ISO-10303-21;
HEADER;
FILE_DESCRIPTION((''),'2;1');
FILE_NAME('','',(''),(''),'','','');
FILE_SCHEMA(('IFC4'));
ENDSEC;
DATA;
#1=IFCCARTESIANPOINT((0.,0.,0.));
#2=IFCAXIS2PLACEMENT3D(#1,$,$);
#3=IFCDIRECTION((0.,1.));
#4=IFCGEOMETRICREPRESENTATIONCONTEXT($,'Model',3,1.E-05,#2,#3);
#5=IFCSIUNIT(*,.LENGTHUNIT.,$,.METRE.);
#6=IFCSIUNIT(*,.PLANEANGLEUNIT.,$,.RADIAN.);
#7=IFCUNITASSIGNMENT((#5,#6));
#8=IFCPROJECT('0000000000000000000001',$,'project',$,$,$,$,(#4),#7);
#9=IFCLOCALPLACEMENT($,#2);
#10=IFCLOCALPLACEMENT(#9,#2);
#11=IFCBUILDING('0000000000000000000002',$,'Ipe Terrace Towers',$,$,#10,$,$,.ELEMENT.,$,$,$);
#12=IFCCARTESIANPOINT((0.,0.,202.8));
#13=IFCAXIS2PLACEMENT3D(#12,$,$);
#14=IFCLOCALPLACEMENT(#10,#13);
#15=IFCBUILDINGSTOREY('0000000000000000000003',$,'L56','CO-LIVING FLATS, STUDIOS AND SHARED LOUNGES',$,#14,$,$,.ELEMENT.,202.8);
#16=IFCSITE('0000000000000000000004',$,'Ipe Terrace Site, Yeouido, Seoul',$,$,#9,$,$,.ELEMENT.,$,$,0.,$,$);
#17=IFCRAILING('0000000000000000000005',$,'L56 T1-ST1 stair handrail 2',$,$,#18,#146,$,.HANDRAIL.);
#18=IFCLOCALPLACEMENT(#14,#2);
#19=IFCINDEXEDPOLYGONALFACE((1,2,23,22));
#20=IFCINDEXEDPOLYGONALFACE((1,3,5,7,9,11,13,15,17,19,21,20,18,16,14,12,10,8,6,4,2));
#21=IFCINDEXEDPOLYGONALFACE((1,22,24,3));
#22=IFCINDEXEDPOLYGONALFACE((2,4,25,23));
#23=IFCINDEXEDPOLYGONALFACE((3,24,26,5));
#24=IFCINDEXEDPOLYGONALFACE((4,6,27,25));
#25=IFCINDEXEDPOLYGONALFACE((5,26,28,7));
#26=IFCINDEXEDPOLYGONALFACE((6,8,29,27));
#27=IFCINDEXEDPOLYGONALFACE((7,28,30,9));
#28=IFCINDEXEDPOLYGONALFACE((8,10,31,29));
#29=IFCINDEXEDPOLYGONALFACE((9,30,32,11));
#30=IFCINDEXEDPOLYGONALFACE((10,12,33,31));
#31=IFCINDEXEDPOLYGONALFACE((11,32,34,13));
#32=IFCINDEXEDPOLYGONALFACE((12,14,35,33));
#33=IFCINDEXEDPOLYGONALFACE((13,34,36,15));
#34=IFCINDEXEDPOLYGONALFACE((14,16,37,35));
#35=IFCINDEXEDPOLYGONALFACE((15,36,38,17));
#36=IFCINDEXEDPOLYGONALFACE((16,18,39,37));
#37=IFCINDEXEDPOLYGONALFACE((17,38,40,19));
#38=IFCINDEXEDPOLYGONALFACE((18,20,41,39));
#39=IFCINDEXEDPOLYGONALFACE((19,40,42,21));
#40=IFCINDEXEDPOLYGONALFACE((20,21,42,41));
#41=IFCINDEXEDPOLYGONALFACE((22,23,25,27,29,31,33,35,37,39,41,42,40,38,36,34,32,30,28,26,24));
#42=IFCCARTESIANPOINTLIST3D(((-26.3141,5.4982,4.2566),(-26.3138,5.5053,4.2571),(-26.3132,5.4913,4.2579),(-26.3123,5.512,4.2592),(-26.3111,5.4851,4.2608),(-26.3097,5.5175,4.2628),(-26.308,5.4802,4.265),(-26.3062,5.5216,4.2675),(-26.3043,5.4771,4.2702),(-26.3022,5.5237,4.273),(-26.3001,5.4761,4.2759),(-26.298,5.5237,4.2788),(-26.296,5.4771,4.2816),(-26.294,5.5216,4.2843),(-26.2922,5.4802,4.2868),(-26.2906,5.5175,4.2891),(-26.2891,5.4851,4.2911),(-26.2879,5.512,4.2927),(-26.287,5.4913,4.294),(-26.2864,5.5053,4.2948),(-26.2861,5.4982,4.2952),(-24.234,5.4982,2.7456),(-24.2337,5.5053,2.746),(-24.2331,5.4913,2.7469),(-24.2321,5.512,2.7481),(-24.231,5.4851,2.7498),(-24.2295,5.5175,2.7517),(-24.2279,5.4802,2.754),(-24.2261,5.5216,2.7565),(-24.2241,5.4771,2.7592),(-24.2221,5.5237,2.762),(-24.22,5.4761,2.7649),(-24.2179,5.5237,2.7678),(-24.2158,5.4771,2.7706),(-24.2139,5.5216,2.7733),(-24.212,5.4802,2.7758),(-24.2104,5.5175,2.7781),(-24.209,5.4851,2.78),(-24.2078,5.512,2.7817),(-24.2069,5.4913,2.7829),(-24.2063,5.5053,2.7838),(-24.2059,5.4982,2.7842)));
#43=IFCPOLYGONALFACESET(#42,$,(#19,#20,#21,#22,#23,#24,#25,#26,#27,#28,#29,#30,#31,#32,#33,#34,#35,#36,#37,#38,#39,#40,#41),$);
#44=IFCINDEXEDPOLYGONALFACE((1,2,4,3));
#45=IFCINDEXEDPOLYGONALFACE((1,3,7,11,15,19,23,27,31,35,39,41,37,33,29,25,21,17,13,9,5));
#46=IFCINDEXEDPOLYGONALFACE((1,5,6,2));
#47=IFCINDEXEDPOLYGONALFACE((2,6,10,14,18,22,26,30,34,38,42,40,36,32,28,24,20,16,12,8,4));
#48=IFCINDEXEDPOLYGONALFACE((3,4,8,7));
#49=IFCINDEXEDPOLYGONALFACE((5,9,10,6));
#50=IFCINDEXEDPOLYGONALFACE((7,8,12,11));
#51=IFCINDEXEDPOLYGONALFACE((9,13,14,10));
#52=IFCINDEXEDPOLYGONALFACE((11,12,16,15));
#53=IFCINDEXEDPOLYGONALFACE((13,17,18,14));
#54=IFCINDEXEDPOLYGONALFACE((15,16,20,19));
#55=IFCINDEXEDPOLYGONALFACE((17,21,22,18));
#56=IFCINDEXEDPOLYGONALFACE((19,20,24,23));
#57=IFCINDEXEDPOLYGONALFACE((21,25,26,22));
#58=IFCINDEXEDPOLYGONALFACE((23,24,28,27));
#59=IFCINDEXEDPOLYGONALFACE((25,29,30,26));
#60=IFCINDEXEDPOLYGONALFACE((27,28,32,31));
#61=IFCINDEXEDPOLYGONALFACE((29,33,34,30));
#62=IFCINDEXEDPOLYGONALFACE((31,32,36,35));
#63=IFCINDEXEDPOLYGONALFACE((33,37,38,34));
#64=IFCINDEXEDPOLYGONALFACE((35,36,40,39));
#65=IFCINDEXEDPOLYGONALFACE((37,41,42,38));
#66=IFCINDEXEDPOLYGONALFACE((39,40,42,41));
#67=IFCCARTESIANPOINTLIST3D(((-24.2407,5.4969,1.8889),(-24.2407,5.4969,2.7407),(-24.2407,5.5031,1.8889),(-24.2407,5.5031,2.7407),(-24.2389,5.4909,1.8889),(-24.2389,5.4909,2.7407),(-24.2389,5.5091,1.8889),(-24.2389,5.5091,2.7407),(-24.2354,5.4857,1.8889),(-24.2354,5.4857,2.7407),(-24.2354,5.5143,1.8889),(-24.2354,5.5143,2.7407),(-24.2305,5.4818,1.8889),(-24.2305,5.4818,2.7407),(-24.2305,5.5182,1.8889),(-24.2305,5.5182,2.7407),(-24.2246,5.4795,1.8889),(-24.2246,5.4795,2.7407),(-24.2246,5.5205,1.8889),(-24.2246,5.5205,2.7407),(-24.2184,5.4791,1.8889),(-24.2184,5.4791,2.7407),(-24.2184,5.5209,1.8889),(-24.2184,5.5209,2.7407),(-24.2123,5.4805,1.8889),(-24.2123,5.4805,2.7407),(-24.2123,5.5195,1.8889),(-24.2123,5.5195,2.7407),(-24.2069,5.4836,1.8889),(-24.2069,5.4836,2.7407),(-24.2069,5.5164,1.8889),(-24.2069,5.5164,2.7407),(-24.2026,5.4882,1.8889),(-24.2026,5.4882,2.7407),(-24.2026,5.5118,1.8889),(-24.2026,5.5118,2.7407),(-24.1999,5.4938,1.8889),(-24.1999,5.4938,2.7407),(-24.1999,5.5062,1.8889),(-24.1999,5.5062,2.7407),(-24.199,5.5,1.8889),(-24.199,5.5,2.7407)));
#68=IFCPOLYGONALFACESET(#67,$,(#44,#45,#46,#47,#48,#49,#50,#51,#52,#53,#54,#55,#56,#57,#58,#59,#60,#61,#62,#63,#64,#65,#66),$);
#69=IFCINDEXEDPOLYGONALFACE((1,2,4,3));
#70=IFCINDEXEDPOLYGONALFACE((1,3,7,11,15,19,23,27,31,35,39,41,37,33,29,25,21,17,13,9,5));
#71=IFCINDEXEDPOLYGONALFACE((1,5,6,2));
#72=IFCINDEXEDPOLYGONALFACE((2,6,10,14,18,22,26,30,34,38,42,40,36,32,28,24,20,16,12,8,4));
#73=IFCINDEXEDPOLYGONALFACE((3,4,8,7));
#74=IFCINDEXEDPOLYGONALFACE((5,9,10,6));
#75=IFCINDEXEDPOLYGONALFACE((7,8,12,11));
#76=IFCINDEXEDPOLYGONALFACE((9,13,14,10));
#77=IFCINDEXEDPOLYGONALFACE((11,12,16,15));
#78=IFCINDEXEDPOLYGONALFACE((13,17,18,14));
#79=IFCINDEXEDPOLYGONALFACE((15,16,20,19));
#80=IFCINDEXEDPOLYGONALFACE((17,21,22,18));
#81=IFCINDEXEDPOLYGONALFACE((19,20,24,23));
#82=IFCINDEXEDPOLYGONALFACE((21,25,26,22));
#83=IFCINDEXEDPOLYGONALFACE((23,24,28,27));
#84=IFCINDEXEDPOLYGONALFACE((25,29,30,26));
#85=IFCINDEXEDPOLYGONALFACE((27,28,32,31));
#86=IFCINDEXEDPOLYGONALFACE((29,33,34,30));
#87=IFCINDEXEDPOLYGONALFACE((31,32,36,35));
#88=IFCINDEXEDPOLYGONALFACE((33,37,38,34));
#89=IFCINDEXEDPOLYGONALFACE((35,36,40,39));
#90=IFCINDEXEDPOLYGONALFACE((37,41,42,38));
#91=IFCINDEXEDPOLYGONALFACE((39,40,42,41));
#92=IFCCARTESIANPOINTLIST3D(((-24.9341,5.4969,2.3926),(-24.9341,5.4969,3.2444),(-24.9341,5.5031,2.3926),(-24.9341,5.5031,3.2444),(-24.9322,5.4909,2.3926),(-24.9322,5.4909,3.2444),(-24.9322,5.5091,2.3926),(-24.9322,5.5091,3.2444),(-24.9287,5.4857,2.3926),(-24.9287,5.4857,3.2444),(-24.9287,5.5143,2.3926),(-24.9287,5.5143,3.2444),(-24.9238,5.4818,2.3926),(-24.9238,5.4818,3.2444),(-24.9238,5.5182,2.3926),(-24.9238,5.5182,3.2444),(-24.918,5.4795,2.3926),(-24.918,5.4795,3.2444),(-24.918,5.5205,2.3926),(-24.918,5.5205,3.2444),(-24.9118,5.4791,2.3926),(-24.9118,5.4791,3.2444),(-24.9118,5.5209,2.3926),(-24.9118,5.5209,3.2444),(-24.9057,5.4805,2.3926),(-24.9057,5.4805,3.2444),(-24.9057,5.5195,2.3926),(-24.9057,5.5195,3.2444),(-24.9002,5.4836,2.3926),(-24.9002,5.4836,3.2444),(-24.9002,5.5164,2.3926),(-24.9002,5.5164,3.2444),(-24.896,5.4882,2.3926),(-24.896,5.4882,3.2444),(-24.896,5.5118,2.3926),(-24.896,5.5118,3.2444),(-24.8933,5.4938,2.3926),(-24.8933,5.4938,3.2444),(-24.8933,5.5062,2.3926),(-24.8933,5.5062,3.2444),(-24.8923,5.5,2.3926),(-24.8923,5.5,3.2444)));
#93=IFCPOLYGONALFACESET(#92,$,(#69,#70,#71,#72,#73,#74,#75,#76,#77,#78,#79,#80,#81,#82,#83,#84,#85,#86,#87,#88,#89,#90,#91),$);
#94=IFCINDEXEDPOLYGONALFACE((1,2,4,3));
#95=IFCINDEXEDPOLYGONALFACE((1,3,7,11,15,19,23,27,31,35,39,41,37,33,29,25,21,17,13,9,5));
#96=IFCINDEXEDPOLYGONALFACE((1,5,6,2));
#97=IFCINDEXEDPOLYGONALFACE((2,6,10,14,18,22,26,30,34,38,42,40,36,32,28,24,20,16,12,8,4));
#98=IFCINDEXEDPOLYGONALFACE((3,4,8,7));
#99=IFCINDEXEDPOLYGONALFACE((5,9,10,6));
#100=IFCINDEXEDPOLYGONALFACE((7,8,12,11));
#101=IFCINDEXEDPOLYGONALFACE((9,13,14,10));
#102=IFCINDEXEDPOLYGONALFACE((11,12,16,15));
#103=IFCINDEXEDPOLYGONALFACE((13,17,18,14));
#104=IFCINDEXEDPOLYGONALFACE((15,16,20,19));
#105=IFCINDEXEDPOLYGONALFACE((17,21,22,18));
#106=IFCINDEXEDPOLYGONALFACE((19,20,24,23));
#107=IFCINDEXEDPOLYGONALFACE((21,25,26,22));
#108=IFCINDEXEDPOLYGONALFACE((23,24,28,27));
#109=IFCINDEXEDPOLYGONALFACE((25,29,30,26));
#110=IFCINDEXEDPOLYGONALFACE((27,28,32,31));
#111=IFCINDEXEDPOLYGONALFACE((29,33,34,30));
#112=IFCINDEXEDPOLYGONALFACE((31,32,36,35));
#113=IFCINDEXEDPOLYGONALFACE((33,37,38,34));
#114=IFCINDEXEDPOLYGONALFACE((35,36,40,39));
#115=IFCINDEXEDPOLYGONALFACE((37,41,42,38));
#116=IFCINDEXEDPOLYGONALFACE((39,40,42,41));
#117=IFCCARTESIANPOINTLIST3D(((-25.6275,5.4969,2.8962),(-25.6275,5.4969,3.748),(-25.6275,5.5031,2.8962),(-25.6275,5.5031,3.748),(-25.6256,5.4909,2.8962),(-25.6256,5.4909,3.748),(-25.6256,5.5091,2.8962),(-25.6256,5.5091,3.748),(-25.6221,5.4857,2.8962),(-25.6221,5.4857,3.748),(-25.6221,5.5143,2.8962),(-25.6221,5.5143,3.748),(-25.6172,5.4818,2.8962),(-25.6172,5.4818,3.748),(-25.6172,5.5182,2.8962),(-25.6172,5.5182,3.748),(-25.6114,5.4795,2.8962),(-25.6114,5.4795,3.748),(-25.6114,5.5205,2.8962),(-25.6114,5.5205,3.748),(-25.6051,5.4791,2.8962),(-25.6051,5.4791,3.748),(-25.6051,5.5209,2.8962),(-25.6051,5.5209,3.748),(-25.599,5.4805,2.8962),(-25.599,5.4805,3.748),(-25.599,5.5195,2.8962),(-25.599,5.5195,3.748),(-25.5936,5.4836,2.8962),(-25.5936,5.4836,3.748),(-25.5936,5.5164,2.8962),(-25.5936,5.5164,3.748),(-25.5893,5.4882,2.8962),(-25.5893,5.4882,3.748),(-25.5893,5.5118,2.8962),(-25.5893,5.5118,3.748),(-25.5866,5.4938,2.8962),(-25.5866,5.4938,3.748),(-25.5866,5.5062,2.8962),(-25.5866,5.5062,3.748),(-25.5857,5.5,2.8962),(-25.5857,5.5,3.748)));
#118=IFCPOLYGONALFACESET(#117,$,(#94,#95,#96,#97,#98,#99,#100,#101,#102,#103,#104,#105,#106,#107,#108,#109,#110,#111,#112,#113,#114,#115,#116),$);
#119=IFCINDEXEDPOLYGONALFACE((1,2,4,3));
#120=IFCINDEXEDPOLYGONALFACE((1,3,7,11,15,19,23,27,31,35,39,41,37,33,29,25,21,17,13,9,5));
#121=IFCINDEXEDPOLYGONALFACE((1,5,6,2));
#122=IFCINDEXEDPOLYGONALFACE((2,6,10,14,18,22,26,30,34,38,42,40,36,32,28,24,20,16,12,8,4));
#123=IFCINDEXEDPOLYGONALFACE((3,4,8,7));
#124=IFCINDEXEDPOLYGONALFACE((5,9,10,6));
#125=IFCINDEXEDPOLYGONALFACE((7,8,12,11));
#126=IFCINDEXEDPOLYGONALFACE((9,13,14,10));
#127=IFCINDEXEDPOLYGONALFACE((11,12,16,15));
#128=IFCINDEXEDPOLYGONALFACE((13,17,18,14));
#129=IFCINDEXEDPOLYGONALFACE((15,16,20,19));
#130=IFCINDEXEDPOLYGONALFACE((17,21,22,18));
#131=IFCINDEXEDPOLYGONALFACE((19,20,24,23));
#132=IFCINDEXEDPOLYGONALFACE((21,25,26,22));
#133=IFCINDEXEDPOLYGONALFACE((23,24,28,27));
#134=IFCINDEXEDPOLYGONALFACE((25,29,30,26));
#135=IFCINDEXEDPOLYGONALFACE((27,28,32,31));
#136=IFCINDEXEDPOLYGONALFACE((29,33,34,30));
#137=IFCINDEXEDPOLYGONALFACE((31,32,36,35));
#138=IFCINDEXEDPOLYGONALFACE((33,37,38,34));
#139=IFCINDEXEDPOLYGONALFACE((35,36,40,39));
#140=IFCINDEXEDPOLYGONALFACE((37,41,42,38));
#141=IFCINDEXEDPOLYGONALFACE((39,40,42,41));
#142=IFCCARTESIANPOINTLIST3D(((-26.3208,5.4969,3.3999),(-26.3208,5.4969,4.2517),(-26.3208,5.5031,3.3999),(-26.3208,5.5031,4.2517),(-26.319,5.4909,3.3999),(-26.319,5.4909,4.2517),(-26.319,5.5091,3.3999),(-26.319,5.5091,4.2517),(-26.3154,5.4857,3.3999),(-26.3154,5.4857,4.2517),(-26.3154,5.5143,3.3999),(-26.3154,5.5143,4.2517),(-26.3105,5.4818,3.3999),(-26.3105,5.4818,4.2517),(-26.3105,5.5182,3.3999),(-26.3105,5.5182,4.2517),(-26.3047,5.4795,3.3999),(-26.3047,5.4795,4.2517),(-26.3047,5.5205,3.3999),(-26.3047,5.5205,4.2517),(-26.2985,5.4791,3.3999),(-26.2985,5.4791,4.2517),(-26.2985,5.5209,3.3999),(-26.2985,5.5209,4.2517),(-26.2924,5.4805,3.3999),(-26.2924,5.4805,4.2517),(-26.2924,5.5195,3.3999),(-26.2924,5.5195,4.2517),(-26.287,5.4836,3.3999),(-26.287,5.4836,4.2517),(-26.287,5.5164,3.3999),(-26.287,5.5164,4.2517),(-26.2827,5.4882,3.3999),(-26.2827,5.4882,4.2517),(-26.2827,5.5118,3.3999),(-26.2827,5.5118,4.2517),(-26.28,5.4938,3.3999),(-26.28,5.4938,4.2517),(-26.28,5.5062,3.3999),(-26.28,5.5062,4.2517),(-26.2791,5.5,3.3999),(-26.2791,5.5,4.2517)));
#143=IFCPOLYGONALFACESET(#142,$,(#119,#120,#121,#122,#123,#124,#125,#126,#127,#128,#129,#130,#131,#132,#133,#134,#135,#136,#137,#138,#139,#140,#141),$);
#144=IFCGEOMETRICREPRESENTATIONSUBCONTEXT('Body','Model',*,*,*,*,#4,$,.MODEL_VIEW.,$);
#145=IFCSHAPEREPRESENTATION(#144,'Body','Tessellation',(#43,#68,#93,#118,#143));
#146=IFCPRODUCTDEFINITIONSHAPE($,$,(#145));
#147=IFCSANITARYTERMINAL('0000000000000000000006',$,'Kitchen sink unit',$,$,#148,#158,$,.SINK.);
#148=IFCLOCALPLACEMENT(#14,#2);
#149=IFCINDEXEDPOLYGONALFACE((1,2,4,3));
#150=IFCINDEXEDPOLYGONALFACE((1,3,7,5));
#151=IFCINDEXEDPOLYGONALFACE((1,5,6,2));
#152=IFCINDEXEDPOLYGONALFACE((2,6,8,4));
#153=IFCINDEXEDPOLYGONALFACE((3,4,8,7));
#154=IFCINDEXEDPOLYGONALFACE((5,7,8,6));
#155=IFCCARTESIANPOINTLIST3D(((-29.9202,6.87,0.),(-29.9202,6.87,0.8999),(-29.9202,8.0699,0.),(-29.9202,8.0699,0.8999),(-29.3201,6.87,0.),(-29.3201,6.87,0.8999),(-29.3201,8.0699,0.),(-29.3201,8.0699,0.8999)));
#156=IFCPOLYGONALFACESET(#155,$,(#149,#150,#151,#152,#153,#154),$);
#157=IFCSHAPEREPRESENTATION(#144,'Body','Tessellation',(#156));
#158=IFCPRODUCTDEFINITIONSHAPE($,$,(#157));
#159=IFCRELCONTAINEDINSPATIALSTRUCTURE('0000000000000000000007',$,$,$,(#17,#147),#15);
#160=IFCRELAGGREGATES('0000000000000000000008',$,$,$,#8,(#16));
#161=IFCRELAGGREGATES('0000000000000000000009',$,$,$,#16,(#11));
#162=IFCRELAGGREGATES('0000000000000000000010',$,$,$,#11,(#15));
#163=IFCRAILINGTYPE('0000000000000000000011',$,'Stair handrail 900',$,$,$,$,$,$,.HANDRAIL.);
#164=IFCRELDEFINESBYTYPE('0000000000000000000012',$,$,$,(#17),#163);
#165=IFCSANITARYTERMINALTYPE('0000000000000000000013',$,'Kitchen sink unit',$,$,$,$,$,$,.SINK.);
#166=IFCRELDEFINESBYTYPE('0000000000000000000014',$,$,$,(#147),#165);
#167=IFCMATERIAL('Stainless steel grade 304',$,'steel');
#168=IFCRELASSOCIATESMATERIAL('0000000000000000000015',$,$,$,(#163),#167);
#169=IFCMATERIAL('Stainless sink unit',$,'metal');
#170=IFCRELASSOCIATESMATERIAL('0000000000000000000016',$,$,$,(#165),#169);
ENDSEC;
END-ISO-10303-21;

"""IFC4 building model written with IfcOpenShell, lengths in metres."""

from ifc_helpers import new_model, si_unit, direction, frame, origin, origin_2d, place, context, subcontext, project, spatial, rectangle, circle, extrude, material, type_object, element, save


model = new_model("IFC4")

# Units and contexts
model_context = context("Model", 3, precision=1e-05, world=origin(), true_north=direction((0.0, 1.0)))
body_context = subcontext(model_context, "Body", "Model", "MODEL_VIEW")
ifc_project = project(units=[si_unit("LENGTHUNIT", "METRE"), si_unit("PLANEANGLEUNIT", "RADIAN")], contexts=[model_context])

# Site, building, storey
site_placement = place(None, origin())
site = spatial("IfcSite", under=ifc_project, at=site_placement, Name="Ipe Terrace Site, Yeouido, Seoul", CompositionType="ELEMENT", RefElevation=0.0)
building_placement = place(site_placement, origin())
building = spatial("IfcBuilding", under=site, at=building_placement, Name="Ipe Terrace Towers", CompositionType="ELEMENT")
storey_placement = place(building_placement, frame((0.0, 0.0, 202.8)))
storey = spatial("IfcBuildingStorey", under=building, at=storey_placement, Name="L56", Description="CO-LIVING FLATS, STUDIOS AND SHARED LOUNGES", CompositionType="ELEMENT", Elevation=202.8)

# Railing
ifc_material_1 = material(Name="Stainless steel grade 304", Category="steel")
railing_type_1 = type_object("IfcRailingType", Name="Stair handrail 900", PredefinedType="HANDRAIL", material=ifc_material_1)
railing_1_placement = place(storey_placement, frame((-24.22, 5.5, 1.8889)))
element("IfcRailing", 1, at=railing_1_placement, inside=storey, type_object=railing_type_1, Name="L56 T1-ST1 stair handrail 2", PredefinedType="HANDRAIL", context=body_context, shape_type="SweptSolid", body=[
    extrude(circle(Radius=0.0239, at=origin_2d()), frame((0.0, 0.0, 0.876), z_axis=(-0.809069, 0.0, 0.587714), x_axis=(0.0, -1.0, 0.0)), (0.0, 0.0, 1.0), 2.571),
    extrude(circle(Radius=0.021, at=origin_2d()), origin(), (0.0, 0.0, 1.0), 0.8518),
    extrude(circle(Radius=0.021, at=origin_2d()), frame((-0.6934, 0.0, 0.5037)), (0.0, 0.0, 1.0), 0.8518),
    extrude(circle(Radius=0.021, at=origin_2d()), frame((-1.3867, 0.0, 1.0073)), (0.0, 0.0, 1.0), 0.8518),
    extrude(circle(Radius=0.021, at=origin_2d()), frame((-2.0801, 0.0, 1.511)), (0.0, 0.0, 1.0), 0.8518),
])

# Sanitary terminal
ifc_material_2 = material(Name="Stainless sink unit", Category="metal")
sanitary_terminal_type = type_object("IfcSanitaryTerminalType", Name="Kitchen sink unit", PredefinedType="SINK", material=ifc_material_2)
sanitary_terminal_placement = place(storey_placement, frame((-29.6201, 7.47, 0.0), z_axis=(0.0, 0.0, 1.0), x_axis=(0.0, -1.0, 0.0)))
element("IfcSanitaryTerminal", 2, at=sanitary_terminal_placement, inside=storey, type_object=sanitary_terminal_type, Name="Kitchen sink unit", PredefinedType="SINK", context=body_context, shape_type="SweptSolid", body=[
    extrude(rectangle(XDim=1.2, YDim=0.6001, at=origin_2d()), origin(), (0.0, 0.0, 1.0), 0.8999),
])

save(model, "model.ifc")
